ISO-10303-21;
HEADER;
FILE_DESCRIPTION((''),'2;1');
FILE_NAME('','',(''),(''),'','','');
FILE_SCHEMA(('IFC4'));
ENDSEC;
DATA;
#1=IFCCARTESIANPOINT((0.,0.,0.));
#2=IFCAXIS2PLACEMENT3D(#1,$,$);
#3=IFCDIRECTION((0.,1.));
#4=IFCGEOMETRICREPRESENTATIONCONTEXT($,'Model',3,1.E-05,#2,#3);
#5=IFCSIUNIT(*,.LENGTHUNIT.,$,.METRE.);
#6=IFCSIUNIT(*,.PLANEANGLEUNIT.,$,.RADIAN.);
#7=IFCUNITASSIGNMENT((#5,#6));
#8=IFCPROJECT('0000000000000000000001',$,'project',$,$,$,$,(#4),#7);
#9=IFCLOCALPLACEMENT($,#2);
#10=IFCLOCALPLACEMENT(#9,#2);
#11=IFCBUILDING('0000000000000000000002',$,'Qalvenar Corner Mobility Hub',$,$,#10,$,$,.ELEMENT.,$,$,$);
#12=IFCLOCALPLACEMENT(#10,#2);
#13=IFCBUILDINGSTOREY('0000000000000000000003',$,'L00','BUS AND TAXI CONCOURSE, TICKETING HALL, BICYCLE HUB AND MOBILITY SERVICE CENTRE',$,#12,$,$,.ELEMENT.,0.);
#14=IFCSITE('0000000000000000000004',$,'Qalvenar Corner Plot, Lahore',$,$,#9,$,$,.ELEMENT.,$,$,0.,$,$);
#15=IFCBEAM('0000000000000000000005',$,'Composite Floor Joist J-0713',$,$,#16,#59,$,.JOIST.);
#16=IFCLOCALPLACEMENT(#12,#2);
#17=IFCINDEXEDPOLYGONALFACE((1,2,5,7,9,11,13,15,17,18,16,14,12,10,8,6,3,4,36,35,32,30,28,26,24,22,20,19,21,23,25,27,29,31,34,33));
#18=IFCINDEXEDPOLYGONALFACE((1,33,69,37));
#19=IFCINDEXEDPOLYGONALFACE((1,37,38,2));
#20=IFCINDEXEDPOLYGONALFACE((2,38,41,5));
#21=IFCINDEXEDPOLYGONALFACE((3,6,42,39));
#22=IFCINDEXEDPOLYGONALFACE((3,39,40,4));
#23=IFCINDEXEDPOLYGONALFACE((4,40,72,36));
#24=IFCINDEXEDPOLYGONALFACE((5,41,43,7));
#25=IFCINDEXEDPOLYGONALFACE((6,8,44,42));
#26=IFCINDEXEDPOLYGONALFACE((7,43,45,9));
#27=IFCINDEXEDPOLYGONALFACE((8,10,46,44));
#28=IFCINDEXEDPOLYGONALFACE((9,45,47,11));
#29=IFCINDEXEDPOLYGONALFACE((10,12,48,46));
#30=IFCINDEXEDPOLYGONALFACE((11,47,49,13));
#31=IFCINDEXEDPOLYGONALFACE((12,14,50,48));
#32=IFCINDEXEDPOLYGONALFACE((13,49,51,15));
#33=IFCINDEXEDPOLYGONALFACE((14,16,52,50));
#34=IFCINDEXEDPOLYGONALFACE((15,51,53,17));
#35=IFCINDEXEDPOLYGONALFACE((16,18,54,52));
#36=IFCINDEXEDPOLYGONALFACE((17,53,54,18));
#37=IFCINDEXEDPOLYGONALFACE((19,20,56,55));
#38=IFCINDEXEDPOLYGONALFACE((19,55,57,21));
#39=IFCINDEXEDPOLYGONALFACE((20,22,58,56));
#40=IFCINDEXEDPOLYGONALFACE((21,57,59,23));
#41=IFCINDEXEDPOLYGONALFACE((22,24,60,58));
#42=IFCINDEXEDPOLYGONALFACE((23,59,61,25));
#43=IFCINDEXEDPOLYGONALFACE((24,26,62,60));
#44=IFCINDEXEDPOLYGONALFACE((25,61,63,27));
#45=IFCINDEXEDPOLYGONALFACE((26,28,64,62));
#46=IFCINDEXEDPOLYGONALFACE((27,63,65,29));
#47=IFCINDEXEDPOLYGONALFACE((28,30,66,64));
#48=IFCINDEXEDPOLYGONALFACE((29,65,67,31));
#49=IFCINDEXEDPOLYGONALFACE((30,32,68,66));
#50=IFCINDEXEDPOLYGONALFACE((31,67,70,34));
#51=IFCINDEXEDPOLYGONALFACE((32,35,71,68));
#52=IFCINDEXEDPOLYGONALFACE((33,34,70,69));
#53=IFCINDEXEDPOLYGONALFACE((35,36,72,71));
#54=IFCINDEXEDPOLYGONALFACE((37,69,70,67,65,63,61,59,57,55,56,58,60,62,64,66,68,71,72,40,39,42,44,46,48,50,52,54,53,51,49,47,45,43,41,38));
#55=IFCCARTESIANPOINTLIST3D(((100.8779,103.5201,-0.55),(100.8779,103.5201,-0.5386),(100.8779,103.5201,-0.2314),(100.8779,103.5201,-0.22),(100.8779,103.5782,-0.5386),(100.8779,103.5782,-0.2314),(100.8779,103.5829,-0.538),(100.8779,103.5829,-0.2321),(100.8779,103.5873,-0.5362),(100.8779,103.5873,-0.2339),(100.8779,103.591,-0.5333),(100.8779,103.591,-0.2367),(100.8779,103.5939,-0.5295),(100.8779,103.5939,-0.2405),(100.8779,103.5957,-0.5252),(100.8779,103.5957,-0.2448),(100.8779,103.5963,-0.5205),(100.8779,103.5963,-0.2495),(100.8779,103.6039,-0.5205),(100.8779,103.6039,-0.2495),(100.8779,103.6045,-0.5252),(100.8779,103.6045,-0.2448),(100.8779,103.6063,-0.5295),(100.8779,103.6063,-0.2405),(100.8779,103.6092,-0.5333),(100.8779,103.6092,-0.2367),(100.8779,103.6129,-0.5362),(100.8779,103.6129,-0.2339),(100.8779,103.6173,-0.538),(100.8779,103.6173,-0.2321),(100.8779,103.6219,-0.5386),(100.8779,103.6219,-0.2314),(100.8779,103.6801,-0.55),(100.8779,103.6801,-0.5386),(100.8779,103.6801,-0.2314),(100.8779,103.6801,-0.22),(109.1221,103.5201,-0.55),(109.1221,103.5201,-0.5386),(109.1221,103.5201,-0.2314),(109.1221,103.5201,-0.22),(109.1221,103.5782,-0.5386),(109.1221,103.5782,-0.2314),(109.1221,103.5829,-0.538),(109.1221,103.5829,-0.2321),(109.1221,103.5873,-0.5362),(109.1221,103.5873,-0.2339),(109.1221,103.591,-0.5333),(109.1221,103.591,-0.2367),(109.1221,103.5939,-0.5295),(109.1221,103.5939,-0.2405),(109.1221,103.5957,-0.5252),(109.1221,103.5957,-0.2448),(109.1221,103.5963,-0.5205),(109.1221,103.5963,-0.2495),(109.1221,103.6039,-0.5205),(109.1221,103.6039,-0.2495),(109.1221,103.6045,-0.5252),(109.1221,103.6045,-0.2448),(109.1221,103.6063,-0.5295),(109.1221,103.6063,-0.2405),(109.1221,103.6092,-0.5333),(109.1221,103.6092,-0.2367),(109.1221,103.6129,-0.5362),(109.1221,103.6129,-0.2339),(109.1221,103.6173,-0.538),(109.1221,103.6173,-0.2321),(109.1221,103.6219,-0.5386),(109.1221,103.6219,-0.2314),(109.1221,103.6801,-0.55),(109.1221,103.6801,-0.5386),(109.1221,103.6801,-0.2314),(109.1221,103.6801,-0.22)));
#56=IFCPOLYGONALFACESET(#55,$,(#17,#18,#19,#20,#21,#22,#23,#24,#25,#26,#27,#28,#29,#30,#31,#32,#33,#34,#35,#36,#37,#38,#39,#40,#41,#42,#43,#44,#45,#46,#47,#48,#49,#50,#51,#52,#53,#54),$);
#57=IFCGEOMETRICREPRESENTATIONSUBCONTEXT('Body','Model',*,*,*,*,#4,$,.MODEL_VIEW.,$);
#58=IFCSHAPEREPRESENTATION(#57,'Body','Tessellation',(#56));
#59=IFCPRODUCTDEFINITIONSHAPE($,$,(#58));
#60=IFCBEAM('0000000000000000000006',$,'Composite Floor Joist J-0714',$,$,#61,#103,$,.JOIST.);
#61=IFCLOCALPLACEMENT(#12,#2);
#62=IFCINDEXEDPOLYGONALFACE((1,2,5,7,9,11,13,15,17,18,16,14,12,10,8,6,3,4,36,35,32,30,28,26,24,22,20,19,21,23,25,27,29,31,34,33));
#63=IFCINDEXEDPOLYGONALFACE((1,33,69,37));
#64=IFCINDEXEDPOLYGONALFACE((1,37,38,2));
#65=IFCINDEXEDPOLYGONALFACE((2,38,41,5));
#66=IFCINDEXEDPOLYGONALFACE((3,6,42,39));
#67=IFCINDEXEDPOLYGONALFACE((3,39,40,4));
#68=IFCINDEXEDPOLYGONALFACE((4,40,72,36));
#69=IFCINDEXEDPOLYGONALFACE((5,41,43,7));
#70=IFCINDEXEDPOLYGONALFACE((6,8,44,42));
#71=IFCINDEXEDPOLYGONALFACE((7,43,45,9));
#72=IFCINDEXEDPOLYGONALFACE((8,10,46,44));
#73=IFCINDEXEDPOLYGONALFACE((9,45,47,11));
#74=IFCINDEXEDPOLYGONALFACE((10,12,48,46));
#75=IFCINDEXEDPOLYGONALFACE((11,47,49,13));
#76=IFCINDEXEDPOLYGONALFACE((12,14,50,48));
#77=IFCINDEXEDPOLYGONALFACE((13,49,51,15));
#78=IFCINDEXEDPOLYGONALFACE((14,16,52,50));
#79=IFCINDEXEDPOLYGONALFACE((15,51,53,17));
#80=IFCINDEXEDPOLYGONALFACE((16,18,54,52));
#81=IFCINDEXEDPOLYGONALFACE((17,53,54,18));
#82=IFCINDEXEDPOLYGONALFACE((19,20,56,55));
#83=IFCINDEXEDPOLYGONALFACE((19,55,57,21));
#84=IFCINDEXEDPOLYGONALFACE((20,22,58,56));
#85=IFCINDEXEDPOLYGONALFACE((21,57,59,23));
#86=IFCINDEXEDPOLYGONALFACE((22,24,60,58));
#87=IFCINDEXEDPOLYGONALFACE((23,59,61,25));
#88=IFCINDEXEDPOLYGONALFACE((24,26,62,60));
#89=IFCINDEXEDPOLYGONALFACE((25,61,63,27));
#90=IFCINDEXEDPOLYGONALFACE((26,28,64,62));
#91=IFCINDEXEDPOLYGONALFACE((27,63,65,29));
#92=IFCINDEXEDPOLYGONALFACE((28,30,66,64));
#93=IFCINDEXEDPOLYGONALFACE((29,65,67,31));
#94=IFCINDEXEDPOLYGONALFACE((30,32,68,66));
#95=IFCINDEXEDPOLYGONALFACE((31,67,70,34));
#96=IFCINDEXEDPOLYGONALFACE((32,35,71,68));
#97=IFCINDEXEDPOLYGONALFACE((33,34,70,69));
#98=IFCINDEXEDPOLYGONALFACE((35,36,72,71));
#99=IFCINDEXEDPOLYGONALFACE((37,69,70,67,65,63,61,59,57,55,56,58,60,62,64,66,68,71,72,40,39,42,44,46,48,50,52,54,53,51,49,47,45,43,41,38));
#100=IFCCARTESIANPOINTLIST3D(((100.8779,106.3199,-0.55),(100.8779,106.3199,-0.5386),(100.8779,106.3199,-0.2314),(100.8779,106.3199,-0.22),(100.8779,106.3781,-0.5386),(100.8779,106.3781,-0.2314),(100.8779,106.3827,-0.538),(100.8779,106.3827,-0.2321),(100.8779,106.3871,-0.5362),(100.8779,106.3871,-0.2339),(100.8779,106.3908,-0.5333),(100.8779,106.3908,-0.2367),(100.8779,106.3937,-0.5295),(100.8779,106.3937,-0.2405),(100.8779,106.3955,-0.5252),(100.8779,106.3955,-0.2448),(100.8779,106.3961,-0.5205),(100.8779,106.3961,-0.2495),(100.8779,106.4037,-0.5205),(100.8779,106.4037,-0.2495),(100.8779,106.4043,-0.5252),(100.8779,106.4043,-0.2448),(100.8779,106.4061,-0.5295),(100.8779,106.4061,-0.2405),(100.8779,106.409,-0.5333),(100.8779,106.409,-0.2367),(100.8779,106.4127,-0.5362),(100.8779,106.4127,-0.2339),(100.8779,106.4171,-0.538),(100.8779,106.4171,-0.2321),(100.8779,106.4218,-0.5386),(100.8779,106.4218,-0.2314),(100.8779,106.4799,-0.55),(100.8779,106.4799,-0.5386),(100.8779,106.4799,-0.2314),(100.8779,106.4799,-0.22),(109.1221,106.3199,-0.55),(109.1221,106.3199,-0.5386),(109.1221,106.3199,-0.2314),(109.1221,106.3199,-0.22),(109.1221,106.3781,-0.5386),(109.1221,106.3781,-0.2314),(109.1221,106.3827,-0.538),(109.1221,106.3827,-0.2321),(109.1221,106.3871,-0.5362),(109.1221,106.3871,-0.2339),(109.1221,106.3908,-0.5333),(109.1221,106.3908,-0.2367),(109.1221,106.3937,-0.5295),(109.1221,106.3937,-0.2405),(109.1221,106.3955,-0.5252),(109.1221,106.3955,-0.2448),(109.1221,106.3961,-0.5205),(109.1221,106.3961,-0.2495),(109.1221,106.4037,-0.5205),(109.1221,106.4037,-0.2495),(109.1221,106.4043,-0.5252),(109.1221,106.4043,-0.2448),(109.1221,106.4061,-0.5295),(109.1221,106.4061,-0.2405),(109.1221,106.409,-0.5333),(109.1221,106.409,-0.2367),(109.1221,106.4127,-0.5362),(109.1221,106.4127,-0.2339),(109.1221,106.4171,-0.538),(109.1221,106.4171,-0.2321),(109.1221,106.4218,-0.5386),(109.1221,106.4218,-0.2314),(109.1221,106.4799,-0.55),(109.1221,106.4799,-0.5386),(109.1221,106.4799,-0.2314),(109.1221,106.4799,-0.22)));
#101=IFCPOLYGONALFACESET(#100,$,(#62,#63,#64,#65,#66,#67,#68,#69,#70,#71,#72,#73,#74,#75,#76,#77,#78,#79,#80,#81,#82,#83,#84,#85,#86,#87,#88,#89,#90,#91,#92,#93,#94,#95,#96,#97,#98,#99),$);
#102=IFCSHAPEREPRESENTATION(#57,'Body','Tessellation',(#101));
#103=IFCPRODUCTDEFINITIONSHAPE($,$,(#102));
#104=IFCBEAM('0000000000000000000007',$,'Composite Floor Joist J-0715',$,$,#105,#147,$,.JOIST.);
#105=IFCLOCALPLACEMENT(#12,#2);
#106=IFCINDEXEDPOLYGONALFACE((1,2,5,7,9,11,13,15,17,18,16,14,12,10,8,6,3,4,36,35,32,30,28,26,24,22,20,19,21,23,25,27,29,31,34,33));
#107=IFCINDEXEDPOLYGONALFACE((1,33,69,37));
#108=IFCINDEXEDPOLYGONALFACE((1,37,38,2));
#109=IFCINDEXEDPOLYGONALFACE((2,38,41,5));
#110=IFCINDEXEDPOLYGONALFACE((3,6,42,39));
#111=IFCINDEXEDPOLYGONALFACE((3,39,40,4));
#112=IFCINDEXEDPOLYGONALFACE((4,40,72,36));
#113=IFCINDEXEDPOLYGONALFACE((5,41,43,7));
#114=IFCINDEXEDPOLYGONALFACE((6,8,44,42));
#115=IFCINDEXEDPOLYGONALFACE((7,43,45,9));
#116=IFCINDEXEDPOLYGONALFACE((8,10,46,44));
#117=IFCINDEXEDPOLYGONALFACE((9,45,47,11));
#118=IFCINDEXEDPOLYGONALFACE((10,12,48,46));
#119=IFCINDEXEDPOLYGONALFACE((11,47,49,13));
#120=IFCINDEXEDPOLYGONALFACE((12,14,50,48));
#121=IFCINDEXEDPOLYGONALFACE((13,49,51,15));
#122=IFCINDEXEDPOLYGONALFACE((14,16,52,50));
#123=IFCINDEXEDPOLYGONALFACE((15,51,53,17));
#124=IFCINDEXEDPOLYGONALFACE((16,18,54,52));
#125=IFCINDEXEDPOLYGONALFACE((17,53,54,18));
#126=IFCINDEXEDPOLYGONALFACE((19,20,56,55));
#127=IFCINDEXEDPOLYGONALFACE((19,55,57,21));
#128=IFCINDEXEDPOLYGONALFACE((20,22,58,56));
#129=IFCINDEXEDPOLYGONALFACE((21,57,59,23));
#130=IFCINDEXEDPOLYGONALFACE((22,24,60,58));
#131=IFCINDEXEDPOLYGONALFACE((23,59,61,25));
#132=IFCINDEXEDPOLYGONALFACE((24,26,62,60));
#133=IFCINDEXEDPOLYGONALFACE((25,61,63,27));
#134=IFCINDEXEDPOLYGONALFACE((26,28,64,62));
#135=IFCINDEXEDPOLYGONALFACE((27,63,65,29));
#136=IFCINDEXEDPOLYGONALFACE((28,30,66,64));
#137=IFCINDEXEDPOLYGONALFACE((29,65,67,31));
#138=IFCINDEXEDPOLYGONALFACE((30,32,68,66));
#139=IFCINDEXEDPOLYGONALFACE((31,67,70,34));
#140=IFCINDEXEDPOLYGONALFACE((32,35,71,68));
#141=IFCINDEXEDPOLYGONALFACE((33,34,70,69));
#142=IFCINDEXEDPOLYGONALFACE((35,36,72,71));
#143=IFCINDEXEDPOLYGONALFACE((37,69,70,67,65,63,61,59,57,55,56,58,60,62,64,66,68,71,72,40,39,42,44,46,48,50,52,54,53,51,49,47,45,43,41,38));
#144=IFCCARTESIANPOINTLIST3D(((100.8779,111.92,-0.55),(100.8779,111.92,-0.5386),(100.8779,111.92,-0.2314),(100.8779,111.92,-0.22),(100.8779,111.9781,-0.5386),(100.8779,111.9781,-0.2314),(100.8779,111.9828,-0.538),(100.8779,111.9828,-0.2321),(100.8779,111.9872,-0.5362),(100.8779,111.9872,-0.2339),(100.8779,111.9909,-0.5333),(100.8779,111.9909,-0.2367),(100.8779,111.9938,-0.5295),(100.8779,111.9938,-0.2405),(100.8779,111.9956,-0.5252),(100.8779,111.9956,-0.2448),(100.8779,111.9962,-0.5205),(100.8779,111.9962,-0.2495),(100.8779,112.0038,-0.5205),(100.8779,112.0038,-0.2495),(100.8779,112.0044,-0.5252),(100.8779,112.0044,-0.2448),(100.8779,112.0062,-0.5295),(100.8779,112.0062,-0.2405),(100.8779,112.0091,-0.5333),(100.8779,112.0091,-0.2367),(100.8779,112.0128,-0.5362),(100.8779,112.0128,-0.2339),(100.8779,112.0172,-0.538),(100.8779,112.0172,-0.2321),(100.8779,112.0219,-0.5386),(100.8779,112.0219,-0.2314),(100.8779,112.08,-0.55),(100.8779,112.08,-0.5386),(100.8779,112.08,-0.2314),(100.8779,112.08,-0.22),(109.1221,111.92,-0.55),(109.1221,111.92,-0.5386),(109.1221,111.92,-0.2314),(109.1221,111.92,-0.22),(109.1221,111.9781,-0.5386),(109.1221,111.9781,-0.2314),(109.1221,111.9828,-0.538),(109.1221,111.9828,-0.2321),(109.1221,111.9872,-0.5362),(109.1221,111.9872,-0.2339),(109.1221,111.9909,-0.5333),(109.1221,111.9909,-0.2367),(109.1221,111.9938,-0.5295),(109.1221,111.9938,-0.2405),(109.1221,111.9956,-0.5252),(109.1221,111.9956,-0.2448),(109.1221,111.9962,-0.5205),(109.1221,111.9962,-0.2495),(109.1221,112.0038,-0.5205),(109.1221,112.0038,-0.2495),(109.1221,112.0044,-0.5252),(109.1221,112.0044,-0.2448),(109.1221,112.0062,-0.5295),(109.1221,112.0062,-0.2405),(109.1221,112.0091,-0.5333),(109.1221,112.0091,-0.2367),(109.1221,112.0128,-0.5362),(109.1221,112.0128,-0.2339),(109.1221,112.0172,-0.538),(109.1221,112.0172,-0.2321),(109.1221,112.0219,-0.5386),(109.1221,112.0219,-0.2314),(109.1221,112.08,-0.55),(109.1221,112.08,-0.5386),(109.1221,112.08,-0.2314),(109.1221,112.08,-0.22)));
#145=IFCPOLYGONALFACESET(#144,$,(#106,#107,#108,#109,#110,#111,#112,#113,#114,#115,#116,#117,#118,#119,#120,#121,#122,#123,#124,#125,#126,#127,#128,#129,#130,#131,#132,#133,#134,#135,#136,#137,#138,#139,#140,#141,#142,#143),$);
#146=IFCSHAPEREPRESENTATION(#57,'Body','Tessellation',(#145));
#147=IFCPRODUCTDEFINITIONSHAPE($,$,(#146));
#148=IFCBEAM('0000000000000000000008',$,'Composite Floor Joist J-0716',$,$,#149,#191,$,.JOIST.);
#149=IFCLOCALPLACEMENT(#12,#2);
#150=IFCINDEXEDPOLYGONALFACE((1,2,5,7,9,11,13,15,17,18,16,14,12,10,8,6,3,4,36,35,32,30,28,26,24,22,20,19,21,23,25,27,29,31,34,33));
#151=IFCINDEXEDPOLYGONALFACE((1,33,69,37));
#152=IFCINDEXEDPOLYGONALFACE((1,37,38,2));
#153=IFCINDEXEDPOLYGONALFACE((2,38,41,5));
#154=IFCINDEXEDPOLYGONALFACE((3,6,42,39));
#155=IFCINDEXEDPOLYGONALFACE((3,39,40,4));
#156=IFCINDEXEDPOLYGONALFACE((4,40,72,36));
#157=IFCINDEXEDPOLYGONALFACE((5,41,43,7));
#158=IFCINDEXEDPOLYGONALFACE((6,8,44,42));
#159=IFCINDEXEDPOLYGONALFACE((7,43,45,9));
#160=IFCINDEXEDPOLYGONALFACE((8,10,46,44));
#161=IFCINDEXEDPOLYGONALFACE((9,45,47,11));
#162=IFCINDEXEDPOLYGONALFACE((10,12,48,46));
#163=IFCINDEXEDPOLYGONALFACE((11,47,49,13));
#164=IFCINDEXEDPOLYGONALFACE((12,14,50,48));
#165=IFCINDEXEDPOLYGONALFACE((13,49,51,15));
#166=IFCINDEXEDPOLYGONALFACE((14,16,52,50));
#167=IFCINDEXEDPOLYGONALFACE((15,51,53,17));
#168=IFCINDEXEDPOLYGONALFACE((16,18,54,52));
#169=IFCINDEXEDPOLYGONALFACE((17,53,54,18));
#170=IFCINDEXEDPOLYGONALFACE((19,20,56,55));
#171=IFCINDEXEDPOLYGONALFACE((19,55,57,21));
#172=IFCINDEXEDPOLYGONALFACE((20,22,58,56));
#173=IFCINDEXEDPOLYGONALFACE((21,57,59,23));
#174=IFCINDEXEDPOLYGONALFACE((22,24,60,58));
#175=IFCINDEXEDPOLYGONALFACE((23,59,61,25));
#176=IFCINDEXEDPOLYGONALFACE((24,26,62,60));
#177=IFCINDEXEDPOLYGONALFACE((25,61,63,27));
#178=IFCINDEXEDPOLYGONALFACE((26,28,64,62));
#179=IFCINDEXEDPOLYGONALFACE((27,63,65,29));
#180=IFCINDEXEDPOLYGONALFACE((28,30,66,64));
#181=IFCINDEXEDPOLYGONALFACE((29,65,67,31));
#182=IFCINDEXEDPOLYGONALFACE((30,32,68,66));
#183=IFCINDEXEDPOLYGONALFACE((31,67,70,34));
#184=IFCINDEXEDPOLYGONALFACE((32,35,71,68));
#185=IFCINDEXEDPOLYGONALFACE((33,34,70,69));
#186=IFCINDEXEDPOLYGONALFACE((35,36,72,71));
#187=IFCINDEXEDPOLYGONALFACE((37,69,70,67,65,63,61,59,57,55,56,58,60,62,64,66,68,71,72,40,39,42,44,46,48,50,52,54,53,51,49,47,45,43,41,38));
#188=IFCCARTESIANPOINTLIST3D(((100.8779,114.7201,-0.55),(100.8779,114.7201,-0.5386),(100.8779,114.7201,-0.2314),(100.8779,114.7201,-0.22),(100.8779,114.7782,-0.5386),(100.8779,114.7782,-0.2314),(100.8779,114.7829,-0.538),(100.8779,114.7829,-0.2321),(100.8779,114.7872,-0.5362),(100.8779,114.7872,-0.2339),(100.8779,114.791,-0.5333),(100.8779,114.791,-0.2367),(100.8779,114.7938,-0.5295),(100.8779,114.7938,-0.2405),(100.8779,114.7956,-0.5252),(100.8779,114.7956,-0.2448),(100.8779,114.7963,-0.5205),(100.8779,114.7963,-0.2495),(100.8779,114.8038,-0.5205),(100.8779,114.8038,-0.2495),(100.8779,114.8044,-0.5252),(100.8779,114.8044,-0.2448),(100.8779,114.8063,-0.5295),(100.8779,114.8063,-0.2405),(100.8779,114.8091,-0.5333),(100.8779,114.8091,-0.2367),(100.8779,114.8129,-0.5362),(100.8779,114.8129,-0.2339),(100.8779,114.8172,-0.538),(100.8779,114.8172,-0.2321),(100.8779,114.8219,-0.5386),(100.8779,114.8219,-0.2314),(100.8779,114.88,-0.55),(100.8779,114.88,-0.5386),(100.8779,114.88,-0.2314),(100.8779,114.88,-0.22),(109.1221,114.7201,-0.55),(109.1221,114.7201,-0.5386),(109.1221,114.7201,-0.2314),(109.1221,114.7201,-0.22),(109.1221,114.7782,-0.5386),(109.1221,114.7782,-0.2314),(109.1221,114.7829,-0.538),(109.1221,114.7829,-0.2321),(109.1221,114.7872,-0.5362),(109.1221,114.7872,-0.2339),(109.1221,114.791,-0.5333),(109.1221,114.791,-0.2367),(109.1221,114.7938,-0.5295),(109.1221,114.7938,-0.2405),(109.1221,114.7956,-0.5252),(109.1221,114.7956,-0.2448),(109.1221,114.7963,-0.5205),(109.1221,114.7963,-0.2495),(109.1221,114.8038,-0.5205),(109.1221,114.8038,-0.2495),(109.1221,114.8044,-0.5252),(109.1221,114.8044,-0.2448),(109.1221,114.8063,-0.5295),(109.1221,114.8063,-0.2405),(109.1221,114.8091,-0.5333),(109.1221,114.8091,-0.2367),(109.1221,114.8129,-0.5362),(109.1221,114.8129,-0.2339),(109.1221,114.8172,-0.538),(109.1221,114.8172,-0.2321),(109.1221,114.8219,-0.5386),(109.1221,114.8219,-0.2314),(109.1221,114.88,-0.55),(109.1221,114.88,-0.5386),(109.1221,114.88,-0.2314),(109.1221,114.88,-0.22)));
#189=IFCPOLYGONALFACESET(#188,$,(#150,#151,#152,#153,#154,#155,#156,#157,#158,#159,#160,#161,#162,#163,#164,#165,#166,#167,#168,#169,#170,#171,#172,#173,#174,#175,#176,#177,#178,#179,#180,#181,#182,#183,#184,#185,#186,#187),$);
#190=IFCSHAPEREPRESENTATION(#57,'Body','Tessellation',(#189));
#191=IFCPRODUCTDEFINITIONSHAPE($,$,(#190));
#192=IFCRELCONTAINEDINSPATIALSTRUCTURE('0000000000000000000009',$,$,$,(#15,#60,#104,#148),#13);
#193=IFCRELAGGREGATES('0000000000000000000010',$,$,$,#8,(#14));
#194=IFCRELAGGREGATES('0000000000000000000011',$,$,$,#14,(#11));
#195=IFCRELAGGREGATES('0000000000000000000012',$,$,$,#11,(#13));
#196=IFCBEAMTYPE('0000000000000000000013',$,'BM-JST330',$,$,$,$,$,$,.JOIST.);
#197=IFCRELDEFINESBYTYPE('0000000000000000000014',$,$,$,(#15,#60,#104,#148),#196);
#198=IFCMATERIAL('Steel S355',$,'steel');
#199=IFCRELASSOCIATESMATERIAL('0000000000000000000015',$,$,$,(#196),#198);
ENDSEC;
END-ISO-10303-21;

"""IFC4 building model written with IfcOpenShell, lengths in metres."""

from ifc_helpers import new_model, si_unit, direction, frame, origin, origin_2d, place, context, subcontext, project, spatial, i_section, extrude, material, material_profile, profile_set, type_object, element, save


model = new_model("IFC4")

# Units and contexts
model_context = context("Model", 3, precision=1e-05, world=origin(), true_north=direction((0.0, 1.0)))
body_context = subcontext(model_context, "Body", "Model", "MODEL_VIEW")
ifc_project = project(units=[si_unit("LENGTHUNIT", "METRE"), si_unit("PLANEANGLEUNIT", "RADIAN")], contexts=[model_context])

# Site, building, storey
site_placement = place(None, origin())
site = spatial("IfcSite", under=ifc_project, at=site_placement, Name="Qalvenar Corner Plot, Lahore", CompositionType="ELEMENT", RefElevation=0.0)
building_placement = place(site_placement, origin())
building = spatial("IfcBuilding", under=site, at=building_placement, Name="Qalvenar Corner Mobility Hub", CompositionType="ELEMENT")
storey_placement = place(building_placement, origin())
storey = spatial("IfcBuildingStorey", under=building, at=storey_placement, Name="L00", Description="BUS AND TAXI CONCOURSE, TICKETING HALL, BICYCLE HUB AND MOBILITY SERVICE CENTRE", CompositionType="ELEMENT", Elevation=0.0)

# Shared definitions
ifc_material_1 = material(Name="Steel S355", Category="steel")

# Beams
ifc_material_profile_1 = material_profile(ifc_material_1, i_section(OverallWidth=0.1599, OverallDepth=0.3301, WebThickness=0.0076, FlangeThickness=0.0115, FilletRadius=0.0181, at=origin_2d()), Name="IPE330")
ifc_profile_set_1 = profile_set([ifc_material_profile_1], Name="Steel S355")
beam_type_1 = type_object("IfcBeamType", Name="BM-JST330", PredefinedType="JOIST", material=ifc_profile_set_1)
for number, where, z_axis, x_axis, name in (
    (1, (100.8779, 103.6001, -0.385), (1.0, 0.0, 0.0), (0.0, 1.0, 0.0), "Composite Floor Joist J-0713"),
    (2, (100.8779, 106.3999, -0.385), (1.0, 0.0, 0.0), (0.0, 1.0, 0.0), "Composite Floor Joist J-0714"),
    (3, (100.8779, 112.0, -0.385), (1.0, 0.0, 0.0), (0.0, 1.0, 0.0), "Composite Floor Joist J-0715"),
    (4, (100.8779, 114.8, -0.385), (1.0, 0.0, 0.0), (0.0, 1.0, 0.0), "Composite Floor Joist J-0716"),
):
    element("IfcBeam", number, at=place(storey_placement, frame(where, z_axis=z_axis, x_axis=x_axis)), inside=storey, type_object=beam_type_1, Name=name, PredefinedType="JOIST", context=body_context, shape_type="SweptSolid", body=[
        extrude(i_section(OverallWidth=0.1599, OverallDepth=0.3301, WebThickness=0.0076, FlangeThickness=0.0115, FilletRadius=0.0181, at=origin_2d()), origin(), (0.0, 0.0, 1.0), 8.2441),
    ])

save(model, "model.ifc")
